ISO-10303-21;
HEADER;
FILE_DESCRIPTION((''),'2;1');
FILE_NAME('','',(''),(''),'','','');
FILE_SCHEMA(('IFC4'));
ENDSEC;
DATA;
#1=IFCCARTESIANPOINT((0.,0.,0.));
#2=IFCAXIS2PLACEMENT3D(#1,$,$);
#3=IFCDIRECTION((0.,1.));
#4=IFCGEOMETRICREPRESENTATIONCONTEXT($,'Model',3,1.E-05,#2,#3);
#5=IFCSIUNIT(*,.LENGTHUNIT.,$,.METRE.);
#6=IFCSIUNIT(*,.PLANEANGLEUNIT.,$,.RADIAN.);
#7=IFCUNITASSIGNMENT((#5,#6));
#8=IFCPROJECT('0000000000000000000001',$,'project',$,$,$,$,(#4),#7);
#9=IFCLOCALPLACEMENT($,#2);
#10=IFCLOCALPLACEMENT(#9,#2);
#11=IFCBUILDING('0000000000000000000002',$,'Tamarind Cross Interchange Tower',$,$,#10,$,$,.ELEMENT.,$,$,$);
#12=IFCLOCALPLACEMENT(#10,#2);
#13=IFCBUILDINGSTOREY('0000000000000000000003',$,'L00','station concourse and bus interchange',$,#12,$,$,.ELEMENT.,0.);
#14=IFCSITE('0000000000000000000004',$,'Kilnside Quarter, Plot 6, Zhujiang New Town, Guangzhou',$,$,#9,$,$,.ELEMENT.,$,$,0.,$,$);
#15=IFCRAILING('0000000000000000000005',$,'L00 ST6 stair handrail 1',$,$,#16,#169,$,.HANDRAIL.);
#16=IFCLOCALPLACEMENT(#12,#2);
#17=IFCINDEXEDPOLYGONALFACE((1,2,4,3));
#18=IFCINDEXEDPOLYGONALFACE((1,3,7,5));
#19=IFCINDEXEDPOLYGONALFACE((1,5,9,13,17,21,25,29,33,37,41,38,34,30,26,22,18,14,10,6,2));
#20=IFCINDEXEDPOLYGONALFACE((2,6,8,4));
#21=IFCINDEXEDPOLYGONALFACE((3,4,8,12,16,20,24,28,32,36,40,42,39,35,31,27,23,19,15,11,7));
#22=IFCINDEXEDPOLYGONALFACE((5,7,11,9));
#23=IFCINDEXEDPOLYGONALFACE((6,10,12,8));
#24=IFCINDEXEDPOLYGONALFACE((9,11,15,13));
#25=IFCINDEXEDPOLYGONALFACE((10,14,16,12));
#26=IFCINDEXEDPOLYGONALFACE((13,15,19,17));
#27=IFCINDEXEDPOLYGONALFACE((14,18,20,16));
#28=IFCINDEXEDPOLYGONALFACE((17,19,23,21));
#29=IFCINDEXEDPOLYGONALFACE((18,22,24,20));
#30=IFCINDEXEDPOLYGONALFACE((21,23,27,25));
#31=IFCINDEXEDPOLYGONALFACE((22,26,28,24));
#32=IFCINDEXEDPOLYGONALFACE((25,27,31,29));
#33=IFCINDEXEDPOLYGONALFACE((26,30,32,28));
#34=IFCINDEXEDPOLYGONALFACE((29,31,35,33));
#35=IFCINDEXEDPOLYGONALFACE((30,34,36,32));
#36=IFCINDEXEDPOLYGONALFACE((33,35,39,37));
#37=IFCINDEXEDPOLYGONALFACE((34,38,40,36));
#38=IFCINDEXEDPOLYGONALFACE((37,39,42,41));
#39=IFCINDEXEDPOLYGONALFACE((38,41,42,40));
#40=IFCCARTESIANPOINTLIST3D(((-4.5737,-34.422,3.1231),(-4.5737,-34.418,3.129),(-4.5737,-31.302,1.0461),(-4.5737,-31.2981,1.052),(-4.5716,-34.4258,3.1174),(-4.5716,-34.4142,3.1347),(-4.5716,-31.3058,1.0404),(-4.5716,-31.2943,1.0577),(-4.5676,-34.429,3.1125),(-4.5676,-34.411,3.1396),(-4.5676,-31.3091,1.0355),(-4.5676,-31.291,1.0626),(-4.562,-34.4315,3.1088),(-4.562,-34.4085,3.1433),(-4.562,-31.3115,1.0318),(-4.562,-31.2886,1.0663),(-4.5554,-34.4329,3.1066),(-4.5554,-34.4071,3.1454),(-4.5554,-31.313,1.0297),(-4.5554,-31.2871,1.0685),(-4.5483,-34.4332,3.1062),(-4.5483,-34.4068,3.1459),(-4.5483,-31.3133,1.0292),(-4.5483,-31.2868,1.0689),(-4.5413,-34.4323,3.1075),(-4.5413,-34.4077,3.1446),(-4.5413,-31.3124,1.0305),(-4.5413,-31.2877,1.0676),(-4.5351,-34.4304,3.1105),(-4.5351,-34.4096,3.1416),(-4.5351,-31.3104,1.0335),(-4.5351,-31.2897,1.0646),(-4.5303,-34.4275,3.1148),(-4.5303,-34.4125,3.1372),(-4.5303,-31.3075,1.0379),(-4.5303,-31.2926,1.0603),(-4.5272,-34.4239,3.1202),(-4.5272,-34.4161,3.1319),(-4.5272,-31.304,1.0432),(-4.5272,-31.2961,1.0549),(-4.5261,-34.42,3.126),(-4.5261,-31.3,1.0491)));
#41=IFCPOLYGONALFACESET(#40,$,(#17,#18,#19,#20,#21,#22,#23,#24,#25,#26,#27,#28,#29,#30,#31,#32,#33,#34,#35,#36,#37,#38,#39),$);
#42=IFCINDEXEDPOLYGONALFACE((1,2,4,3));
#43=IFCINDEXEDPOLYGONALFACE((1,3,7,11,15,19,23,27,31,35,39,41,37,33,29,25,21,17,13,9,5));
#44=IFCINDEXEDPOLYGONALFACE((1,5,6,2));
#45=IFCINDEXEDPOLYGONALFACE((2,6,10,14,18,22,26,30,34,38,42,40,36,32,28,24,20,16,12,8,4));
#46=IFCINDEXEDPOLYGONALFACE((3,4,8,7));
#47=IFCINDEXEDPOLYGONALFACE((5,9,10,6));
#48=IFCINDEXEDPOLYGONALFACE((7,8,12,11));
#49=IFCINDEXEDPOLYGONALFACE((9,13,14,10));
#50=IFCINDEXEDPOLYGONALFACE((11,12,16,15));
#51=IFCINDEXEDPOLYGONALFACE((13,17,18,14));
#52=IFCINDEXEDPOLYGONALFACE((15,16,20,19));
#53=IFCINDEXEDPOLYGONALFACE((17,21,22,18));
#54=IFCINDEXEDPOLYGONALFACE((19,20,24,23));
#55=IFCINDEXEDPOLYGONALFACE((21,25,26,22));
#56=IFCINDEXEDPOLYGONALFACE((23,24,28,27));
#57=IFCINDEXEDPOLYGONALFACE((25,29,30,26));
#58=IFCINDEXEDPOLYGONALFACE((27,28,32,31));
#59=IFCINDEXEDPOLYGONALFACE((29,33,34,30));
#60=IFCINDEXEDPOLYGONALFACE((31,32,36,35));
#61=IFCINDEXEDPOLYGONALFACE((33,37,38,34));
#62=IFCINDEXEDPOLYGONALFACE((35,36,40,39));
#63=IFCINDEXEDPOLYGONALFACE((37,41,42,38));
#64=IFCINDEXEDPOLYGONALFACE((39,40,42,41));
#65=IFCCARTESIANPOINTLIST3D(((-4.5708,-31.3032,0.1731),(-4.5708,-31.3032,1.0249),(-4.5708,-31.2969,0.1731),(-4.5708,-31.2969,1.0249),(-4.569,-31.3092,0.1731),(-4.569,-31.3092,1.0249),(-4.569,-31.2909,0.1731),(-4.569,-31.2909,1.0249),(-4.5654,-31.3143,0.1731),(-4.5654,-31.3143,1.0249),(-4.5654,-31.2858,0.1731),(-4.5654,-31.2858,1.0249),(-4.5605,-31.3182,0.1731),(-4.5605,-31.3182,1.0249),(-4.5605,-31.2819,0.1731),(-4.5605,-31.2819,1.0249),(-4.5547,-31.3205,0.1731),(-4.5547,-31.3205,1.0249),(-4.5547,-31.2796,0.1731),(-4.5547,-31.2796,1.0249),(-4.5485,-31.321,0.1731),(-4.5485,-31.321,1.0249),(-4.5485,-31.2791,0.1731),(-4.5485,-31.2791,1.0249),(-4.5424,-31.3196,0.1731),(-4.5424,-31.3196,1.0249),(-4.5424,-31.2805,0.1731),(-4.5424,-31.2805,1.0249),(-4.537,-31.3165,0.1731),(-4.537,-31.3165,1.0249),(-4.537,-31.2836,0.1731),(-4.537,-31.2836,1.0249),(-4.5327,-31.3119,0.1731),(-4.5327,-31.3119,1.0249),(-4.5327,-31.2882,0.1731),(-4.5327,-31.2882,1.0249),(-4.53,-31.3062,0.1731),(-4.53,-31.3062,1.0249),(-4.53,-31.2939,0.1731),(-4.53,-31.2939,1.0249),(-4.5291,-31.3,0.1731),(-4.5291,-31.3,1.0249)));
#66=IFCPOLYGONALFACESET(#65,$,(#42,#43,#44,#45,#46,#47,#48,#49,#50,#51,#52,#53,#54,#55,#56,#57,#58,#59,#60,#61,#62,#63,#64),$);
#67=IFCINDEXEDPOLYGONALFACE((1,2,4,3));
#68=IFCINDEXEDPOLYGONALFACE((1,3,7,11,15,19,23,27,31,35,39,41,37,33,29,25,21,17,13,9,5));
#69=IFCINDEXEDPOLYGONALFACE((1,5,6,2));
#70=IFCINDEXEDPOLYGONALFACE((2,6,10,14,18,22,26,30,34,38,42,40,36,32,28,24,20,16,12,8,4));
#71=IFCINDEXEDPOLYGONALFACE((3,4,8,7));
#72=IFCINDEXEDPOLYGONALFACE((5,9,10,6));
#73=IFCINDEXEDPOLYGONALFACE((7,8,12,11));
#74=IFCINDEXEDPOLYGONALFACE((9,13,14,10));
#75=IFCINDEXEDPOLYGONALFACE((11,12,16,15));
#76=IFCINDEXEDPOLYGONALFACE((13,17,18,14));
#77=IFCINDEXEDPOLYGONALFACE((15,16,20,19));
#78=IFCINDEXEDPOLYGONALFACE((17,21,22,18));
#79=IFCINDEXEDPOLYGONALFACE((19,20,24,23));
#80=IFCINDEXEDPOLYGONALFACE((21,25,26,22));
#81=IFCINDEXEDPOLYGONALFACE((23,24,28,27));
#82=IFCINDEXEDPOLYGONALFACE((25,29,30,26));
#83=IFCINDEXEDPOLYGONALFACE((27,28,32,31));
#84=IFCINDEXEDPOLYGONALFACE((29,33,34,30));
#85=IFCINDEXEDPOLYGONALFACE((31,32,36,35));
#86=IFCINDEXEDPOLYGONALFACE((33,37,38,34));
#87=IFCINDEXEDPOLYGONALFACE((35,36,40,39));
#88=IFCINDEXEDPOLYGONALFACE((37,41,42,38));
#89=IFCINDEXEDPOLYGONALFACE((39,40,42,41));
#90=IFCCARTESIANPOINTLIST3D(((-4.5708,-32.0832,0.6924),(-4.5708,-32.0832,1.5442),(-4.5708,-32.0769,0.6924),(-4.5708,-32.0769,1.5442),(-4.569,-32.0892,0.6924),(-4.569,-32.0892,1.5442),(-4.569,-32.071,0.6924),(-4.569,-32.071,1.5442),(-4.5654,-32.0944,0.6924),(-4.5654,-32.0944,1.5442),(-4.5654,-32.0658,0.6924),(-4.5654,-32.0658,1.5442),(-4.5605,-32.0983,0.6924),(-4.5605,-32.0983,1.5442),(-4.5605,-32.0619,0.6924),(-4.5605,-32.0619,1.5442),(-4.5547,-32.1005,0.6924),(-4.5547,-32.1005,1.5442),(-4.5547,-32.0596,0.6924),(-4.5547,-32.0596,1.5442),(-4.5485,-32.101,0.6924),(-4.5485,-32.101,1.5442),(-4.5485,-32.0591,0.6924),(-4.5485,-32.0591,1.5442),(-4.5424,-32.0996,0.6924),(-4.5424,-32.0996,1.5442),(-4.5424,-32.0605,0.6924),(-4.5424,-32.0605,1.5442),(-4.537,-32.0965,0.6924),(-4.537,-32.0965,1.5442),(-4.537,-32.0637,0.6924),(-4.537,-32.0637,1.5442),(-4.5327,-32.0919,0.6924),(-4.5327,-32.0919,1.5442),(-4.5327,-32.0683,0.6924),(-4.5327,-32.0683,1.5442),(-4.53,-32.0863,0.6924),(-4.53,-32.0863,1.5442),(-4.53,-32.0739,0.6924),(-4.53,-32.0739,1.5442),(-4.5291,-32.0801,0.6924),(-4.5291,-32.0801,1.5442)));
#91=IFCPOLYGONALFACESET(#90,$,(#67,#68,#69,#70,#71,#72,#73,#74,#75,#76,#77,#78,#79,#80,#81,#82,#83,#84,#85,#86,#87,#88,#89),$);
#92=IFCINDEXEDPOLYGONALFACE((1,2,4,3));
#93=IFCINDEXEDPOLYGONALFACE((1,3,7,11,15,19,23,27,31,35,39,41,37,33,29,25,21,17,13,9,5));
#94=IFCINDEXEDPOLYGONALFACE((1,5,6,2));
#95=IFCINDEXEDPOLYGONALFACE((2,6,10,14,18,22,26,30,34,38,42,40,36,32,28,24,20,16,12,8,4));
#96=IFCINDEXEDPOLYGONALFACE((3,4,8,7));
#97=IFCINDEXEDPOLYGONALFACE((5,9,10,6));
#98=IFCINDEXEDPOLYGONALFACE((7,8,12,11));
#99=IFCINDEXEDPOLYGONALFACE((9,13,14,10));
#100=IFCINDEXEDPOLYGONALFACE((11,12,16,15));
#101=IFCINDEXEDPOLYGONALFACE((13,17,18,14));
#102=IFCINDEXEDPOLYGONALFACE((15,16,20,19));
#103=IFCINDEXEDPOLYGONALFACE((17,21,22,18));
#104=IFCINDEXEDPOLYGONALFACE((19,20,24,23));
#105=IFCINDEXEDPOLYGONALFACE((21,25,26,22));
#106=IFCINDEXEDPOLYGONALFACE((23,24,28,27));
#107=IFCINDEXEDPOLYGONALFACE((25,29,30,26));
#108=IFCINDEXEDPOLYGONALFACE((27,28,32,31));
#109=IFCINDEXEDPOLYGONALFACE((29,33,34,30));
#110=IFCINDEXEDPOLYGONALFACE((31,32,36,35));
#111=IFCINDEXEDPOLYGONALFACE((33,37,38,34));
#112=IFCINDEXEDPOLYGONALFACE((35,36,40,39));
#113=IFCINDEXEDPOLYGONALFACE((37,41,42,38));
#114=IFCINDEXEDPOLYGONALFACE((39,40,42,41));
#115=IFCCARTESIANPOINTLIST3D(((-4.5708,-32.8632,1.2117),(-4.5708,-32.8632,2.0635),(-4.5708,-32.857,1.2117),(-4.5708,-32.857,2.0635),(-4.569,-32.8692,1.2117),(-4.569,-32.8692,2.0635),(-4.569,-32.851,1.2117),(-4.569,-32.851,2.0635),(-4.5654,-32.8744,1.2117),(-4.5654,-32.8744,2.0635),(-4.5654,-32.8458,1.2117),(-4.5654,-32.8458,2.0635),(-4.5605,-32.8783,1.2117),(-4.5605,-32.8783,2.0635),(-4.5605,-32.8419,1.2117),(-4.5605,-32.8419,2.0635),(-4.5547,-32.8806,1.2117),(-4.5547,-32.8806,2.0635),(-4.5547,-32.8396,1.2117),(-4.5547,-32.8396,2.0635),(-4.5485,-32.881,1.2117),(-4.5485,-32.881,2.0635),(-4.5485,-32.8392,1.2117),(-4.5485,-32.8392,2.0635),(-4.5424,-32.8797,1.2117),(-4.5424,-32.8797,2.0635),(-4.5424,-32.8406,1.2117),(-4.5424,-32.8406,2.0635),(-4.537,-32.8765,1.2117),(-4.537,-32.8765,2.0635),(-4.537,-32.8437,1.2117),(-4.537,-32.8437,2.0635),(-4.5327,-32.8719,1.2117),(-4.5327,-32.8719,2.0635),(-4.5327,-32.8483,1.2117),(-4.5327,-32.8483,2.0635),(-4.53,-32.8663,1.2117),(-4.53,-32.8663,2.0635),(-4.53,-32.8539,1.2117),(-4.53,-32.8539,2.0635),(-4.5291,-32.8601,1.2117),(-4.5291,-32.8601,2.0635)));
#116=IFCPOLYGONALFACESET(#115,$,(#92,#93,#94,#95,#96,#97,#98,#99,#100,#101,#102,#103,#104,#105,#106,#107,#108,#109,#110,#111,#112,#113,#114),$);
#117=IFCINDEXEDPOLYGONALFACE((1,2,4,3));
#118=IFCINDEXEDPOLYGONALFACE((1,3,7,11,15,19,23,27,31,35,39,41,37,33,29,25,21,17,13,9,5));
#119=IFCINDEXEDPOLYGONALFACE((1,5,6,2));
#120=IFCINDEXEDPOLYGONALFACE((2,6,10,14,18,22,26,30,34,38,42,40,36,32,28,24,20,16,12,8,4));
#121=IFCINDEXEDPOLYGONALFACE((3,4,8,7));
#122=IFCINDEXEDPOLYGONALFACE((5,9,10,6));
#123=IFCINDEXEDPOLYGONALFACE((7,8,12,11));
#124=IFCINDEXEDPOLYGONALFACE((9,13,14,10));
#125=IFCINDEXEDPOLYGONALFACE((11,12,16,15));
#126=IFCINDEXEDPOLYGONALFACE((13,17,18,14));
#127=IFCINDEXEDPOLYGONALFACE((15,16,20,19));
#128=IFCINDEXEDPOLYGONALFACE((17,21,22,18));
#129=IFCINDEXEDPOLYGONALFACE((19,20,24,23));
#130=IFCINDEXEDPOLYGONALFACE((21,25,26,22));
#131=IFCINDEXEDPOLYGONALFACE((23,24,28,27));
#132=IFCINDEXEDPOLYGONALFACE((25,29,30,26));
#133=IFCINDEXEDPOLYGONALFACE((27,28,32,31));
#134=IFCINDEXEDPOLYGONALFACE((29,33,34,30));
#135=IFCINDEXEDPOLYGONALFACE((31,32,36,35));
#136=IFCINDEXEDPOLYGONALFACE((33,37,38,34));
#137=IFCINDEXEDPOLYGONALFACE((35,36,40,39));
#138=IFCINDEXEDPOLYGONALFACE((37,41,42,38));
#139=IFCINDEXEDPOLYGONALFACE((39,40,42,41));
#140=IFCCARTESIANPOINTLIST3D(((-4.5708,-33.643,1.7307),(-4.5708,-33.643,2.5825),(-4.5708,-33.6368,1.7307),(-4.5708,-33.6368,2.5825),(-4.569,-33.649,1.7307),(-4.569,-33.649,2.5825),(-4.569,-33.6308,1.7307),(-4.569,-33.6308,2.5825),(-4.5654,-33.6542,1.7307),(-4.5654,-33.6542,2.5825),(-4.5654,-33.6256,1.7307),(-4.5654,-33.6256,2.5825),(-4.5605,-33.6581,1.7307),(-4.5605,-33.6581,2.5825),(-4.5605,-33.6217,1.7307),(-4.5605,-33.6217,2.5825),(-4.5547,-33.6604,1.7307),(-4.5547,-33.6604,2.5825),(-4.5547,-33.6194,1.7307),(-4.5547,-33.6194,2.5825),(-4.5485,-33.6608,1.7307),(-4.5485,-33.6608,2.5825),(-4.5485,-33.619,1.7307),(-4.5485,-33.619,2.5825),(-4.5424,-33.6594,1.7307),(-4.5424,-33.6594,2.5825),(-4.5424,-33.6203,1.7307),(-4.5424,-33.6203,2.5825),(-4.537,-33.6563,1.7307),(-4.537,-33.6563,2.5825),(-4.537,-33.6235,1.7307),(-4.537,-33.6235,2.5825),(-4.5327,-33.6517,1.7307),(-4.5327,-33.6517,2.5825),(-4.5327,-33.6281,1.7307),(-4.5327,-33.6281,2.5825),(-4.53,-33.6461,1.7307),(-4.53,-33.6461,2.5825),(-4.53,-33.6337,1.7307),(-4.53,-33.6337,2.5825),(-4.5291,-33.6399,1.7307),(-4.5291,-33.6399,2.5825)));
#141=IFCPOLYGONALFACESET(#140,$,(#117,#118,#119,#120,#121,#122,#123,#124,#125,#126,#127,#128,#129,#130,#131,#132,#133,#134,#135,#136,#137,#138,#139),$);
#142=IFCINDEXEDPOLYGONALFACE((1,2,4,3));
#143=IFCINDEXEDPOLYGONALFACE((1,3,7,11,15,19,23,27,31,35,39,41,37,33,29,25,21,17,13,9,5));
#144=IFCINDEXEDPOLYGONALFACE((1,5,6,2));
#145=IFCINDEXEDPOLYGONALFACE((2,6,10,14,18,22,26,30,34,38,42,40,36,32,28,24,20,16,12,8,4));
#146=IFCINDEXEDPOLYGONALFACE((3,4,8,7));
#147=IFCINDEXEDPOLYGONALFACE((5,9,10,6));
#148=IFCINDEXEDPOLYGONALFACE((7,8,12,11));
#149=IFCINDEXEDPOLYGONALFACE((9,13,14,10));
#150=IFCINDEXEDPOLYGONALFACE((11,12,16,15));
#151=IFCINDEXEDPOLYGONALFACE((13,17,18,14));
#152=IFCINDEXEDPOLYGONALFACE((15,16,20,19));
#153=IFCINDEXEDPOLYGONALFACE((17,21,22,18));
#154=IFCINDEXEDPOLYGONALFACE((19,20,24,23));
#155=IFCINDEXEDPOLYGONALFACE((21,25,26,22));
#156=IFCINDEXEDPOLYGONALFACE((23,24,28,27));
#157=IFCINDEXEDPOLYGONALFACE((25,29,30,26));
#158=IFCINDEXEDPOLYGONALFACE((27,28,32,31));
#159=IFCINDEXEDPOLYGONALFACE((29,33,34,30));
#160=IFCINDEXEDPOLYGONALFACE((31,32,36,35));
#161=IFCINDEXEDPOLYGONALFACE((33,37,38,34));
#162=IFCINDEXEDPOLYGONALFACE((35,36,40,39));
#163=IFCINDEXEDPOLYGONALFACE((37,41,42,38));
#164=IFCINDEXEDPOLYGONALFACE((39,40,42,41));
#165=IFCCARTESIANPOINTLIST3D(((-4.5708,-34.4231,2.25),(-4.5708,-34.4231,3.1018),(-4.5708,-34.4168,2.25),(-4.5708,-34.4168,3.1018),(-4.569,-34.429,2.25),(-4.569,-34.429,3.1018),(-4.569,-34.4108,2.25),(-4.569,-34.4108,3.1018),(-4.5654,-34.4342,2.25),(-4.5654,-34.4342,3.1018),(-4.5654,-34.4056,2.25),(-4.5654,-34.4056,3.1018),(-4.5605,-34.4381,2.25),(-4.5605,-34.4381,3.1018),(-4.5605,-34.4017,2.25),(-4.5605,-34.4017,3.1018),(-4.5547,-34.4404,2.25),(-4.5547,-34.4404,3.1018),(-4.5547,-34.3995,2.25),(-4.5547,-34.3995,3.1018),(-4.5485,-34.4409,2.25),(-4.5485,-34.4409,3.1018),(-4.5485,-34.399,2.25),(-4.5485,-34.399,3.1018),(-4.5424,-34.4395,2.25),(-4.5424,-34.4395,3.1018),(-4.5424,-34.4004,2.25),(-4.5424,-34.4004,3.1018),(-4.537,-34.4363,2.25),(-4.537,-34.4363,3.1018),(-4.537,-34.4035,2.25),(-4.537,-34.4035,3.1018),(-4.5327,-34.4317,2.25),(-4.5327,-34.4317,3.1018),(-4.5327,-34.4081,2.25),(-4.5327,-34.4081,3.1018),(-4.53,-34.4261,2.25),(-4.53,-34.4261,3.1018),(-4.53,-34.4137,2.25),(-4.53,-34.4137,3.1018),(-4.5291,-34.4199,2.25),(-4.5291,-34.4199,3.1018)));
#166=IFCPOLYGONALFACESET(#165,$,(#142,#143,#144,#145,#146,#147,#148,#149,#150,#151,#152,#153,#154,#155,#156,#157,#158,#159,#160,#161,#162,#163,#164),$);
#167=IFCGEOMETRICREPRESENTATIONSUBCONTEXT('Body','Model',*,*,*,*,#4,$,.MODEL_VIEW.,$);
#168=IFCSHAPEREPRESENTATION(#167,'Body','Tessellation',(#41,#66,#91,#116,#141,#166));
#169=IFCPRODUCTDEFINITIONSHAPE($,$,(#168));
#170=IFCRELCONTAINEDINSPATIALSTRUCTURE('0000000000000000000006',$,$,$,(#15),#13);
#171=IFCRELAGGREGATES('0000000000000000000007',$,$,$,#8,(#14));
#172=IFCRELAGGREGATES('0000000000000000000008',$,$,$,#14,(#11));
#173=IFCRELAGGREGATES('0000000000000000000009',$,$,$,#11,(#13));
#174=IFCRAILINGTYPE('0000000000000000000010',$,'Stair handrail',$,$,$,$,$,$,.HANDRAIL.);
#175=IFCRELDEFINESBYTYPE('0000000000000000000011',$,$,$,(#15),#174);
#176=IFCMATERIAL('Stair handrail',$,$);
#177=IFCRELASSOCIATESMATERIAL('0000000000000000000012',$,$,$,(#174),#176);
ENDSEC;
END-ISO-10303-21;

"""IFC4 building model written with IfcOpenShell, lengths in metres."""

from ifc_helpers import new_model, si_unit, direction, frame, origin, origin_2d, place, context, subcontext, project, spatial, circle, extrude, material, type_object, element, save


model = new_model("IFC4")

# Units and contexts
model_context = context("Model", 3, precision=1e-05, world=origin(), true_north=direction((0.0, 1.0)))
body_context = subcontext(model_context, "Body", "Model", "MODEL_VIEW")
ifc_project = project(units=[si_unit("LENGTHUNIT", "METRE"), si_unit("PLANEANGLEUNIT", "RADIAN")], contexts=[model_context])

# Site, building, storey
site_placement = place(None, origin())
site = spatial("IfcSite", under=ifc_project, at=site_placement, Name="Kilnside Quarter, Plot 6, Zhujiang New Town, Guangzhou", CompositionType="ELEMENT", RefElevation=0.0)
building_placement = place(site_placement, origin())
building = spatial("IfcBuilding", under=site, at=building_placement, Name="Tamarind Cross Interchange Tower", CompositionType="ELEMENT")
storey_placement = place(building_placement, origin())
storey = spatial("IfcBuildingStorey", under=building, at=storey_placement, Name="L00", Description="station concourse and bus interchange", CompositionType="ELEMENT", Elevation=0.0)

# Railing
ifc_material_1 = material(Name="Stair handrail")
railing_type_1 = type_object("IfcRailingType", Name="Stair handrail", PredefinedType="HANDRAIL", material=ifc_material_1)
for number, where, name in (
    (1, (-4.55, -31.3, 0.1731), "L00 ST6 stair handrail 1"),
):
    element("IfcRailing", number, at=place(storey_placement, frame(where)), inside=storey, type_object=railing_type_1, Name=name, PredefinedType="HANDRAIL", context=body_context, shape_type="SweptSolid", body=[
        extrude(circle(Radius=0.0239, at=origin_2d()), frame((0.0, 0.0, 0.876), z_axis=(0.0, -0.832421, 0.554144), x_axis=(1.0, 0.0, 0.0)), (0.0, 0.0, 1.0), 3.748),
        extrude(circle(Radius=0.021, at=origin_2d()), origin(), (0.0, 0.0, 1.0), 0.8518),
        extrude(circle(Radius=0.021, at=origin_2d()), frame((0.0, -0.78, 0.5193)), (0.0, 0.0, 1.0), 0.8518),
        extrude(circle(Radius=0.021, at=origin_2d()), frame((0.0, -1.5601, 1.0386)), (0.0, 0.0, 1.0), 0.8518),
        extrude(circle(Radius=0.021, at=origin_2d()), frame((0.0, -2.3398, 1.5576)), (0.0, 0.0, 1.0), 0.8518),
        extrude(circle(Radius=0.021, at=origin_2d()), frame((0.0, -3.1199, 2.0769)), (0.0, 0.0, 1.0), 0.8518),
    ])

save(model, "model.ifc")
